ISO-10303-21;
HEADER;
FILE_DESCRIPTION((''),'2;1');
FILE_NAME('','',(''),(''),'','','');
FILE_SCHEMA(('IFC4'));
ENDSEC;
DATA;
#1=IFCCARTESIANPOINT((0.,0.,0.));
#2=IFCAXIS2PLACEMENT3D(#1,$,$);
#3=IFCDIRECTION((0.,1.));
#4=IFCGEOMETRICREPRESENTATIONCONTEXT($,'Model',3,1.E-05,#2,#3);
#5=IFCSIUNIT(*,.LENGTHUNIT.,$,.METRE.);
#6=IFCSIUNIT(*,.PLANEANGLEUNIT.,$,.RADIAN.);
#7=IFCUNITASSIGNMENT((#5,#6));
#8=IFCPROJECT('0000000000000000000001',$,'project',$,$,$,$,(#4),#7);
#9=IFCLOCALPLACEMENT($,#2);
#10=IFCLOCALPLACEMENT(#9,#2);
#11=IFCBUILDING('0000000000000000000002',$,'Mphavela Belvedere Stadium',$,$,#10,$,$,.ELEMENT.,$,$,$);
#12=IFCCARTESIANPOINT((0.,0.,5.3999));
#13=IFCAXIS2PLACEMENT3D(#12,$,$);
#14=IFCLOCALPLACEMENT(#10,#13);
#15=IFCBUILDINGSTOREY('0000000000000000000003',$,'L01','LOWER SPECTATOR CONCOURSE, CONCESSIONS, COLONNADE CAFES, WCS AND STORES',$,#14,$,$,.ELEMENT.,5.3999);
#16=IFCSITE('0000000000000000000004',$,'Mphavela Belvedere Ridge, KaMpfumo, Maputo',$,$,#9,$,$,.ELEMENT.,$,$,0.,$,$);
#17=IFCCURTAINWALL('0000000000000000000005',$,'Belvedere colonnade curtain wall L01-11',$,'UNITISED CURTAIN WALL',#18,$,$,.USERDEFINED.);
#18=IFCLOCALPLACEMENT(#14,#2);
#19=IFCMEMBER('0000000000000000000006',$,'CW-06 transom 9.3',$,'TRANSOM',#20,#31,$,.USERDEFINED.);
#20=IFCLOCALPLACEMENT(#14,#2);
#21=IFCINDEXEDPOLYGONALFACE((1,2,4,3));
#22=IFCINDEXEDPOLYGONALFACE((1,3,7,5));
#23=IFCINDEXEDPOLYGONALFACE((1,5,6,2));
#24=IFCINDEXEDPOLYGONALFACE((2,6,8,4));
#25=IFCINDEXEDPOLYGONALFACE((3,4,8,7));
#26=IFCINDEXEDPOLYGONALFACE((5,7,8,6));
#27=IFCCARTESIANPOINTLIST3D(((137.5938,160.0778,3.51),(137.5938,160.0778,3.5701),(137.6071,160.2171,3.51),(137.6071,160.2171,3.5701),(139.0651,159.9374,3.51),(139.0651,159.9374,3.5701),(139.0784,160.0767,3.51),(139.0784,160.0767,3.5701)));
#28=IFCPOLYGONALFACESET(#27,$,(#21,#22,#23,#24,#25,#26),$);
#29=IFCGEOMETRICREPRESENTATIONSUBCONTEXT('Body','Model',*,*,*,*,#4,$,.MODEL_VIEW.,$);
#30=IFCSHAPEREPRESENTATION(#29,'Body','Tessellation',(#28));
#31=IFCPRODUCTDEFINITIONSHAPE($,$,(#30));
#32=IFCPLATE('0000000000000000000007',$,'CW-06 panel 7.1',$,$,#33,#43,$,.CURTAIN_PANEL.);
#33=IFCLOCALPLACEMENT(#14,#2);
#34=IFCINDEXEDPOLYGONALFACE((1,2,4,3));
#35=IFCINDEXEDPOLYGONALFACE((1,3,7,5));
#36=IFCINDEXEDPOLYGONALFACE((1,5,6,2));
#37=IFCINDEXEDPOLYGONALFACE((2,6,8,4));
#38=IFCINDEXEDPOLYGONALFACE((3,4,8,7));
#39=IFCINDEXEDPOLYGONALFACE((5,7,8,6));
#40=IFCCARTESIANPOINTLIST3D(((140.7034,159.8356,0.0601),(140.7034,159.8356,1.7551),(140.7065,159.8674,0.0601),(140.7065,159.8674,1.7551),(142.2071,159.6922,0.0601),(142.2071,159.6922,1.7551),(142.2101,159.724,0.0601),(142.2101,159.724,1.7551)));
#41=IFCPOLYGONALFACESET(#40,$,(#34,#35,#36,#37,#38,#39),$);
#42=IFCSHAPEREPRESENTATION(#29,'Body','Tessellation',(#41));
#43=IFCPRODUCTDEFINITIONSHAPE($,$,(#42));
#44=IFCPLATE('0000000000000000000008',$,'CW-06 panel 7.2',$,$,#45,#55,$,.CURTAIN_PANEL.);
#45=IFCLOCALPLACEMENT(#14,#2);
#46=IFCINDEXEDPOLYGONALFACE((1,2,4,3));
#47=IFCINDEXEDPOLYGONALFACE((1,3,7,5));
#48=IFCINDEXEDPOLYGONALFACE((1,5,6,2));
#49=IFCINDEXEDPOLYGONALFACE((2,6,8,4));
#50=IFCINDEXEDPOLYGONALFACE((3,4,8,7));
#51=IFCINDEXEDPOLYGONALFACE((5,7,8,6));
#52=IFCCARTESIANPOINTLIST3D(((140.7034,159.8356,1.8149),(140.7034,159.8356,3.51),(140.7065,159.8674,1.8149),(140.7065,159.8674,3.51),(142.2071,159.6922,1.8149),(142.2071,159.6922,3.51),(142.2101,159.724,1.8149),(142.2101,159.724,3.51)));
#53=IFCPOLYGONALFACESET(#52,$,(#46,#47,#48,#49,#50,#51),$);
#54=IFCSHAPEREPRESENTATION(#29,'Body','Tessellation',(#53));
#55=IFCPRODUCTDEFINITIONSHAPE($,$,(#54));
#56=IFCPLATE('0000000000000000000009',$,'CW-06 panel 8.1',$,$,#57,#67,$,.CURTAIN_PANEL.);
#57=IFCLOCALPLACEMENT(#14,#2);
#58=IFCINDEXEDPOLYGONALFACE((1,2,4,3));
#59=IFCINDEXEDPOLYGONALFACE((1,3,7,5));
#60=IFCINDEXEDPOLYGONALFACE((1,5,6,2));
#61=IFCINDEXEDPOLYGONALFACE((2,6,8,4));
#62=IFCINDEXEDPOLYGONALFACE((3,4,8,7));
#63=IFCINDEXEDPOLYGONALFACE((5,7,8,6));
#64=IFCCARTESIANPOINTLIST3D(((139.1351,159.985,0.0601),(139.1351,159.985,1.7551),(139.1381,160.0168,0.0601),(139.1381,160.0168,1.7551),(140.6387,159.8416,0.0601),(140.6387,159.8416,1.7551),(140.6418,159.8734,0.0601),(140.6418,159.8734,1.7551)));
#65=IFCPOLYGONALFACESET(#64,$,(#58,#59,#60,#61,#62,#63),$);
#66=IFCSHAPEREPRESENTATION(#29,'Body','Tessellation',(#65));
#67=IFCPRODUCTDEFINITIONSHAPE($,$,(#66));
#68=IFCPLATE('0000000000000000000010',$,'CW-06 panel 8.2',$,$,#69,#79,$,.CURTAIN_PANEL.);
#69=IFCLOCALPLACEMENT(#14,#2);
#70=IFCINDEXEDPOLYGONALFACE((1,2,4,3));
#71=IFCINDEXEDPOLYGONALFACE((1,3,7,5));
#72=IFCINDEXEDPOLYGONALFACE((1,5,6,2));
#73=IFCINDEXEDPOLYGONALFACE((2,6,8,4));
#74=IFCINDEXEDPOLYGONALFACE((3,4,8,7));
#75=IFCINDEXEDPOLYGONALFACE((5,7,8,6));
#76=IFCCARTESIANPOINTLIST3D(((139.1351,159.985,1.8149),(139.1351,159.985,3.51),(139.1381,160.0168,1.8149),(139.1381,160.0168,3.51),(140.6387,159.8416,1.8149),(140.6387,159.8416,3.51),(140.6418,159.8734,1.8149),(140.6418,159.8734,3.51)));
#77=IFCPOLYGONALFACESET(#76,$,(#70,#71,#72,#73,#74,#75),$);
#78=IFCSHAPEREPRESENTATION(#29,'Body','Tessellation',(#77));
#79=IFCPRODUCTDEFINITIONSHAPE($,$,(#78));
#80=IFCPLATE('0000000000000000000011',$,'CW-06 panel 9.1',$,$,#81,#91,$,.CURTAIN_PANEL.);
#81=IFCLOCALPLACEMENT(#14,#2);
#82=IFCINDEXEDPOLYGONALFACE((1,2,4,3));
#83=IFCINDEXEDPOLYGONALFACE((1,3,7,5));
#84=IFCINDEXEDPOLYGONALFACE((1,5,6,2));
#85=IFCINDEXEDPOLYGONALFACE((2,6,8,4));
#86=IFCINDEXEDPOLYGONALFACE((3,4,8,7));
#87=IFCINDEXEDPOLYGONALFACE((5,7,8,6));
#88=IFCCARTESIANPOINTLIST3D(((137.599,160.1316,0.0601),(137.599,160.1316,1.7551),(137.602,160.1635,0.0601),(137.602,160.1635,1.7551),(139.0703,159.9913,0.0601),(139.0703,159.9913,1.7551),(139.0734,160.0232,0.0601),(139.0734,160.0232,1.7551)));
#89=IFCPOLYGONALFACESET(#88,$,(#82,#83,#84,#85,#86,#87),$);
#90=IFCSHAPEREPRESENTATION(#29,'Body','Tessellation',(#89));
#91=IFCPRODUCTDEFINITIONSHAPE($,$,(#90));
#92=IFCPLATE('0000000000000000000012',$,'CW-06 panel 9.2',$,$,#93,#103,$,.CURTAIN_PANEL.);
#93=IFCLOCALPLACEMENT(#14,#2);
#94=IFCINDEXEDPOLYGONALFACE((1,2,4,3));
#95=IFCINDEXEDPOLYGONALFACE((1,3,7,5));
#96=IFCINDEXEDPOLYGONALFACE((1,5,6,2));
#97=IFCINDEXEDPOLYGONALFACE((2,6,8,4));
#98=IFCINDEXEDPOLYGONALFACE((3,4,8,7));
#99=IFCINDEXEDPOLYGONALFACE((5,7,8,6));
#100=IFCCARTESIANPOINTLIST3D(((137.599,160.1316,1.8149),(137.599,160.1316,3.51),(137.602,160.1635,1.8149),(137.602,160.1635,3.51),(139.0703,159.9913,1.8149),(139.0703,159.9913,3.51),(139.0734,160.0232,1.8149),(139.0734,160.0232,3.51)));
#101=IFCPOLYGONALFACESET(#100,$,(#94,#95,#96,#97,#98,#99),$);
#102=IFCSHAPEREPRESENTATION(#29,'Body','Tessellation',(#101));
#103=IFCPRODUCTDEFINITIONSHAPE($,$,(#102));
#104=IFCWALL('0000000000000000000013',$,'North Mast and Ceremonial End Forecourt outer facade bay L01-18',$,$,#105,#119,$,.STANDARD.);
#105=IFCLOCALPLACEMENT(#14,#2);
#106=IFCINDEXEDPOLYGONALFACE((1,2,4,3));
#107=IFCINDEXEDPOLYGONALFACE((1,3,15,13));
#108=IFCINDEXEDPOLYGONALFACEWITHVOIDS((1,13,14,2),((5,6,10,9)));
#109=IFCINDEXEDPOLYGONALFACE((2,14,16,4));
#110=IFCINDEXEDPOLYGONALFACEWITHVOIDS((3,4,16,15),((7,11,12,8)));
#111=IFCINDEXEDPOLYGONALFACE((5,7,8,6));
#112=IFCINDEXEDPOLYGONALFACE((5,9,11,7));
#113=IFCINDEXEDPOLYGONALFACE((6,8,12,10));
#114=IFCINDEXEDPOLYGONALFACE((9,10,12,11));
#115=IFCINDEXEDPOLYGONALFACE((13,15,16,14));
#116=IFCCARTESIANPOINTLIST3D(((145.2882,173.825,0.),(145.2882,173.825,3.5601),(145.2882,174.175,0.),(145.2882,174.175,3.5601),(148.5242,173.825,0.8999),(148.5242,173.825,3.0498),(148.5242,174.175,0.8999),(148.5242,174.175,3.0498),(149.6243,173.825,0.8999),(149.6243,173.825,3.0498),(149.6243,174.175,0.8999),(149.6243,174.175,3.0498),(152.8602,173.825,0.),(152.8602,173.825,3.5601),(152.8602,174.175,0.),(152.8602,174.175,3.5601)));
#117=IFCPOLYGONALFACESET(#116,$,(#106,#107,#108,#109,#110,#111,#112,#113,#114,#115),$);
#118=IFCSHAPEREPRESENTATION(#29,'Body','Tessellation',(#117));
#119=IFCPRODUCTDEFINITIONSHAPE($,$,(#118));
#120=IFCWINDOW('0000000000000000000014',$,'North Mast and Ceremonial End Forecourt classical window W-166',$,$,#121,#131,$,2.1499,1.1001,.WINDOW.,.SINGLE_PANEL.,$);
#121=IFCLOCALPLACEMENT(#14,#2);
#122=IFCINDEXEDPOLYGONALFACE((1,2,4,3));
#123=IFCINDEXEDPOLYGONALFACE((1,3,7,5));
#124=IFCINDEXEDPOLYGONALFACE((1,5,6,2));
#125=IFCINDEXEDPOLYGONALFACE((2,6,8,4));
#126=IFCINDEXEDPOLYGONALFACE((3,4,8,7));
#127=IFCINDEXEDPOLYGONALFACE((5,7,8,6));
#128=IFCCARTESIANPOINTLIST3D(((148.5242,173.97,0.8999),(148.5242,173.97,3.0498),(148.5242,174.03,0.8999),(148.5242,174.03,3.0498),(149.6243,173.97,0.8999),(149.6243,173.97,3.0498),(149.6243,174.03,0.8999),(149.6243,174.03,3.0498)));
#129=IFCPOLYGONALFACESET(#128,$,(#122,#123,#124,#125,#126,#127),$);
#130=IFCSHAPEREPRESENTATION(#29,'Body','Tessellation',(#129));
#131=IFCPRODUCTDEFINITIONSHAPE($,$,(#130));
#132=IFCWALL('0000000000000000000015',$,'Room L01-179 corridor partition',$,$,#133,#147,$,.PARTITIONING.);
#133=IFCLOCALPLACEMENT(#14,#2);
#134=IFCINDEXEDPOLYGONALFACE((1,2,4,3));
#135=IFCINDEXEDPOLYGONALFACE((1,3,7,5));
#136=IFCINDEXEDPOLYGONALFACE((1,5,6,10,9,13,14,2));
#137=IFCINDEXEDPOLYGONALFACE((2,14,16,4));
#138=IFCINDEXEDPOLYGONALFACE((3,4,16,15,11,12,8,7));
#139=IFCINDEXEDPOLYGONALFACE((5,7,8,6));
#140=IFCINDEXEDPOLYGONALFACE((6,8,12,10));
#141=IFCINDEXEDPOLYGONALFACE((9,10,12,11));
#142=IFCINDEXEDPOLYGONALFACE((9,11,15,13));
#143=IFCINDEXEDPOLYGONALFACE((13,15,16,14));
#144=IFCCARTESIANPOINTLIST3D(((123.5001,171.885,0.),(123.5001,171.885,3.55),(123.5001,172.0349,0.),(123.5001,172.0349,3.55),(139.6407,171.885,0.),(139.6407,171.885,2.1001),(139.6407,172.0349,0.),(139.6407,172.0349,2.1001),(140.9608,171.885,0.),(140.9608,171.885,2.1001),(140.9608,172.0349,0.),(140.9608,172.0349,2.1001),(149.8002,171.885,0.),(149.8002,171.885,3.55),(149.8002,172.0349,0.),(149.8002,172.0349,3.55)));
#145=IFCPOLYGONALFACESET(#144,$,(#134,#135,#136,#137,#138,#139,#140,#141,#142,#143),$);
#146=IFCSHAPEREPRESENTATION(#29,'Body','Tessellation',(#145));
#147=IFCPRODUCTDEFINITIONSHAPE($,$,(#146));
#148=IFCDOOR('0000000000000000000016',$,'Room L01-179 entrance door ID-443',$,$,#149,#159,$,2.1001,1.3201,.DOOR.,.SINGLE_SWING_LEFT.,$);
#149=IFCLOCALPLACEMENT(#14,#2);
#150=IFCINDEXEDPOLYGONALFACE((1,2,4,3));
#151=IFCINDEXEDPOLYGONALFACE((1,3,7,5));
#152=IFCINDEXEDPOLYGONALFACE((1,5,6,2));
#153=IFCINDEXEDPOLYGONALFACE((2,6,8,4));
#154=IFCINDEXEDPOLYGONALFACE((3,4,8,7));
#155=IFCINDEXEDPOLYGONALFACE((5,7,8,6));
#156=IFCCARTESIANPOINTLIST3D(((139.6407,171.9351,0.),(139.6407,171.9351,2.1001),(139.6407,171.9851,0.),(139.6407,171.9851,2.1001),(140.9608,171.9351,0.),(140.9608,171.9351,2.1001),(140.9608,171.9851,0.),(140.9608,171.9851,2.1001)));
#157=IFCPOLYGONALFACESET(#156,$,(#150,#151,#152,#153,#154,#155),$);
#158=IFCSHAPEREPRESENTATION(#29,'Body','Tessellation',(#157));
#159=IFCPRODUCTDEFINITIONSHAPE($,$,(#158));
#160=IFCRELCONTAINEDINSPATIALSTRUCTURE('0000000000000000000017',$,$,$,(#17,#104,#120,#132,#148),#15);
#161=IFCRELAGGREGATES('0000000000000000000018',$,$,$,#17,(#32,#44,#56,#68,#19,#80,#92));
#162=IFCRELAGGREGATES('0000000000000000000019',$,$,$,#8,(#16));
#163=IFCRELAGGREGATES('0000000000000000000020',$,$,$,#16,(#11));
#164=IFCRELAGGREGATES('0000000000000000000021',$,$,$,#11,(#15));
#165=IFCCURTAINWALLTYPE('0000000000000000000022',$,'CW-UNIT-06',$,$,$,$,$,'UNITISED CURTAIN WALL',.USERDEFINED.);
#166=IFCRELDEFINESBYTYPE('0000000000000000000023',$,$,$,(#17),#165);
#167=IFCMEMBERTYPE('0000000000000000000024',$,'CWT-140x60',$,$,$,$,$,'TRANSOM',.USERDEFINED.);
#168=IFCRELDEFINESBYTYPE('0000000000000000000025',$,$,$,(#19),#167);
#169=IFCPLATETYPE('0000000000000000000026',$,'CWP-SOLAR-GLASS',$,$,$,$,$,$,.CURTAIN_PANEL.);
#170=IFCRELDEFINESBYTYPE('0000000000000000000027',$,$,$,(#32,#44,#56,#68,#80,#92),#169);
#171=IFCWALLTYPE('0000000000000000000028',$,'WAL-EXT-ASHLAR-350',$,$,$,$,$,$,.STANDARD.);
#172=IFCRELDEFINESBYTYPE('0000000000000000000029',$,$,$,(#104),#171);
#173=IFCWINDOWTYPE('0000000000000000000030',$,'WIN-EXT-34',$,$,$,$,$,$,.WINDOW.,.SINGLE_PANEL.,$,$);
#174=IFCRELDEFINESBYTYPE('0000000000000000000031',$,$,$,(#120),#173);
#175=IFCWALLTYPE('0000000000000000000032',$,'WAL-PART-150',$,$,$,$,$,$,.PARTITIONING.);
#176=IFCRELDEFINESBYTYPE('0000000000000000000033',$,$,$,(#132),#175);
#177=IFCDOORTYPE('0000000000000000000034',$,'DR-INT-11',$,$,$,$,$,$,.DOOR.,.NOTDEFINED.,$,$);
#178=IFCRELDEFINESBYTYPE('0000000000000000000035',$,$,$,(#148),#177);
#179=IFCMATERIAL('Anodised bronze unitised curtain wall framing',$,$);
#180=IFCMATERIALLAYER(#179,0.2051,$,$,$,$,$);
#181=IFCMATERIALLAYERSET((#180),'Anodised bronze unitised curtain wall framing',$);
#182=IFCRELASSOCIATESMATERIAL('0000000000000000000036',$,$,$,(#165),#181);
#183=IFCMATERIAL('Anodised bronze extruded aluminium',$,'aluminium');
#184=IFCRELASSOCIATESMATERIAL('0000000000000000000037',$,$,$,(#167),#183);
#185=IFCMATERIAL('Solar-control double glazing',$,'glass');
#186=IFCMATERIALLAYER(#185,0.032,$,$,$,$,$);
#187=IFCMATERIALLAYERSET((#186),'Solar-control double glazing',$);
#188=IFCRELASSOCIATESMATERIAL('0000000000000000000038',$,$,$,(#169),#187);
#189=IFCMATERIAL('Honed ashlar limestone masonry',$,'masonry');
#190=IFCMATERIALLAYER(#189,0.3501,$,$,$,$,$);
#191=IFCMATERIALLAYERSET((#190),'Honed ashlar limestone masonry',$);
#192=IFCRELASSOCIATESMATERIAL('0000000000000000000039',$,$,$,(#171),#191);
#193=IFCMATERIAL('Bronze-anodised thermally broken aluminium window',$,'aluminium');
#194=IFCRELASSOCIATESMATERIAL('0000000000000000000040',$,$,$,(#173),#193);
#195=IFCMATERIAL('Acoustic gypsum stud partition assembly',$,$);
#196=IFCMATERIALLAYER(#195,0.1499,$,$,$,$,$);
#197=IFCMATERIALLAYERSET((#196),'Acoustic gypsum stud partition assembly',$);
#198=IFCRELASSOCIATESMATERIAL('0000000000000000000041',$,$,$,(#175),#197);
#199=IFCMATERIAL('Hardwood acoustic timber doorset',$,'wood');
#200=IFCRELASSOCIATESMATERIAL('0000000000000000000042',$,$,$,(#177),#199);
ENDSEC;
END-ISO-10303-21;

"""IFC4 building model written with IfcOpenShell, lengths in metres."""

from ifc_helpers import new_model, si_unit, direction, frame, frame_2d, origin, origin_2d, place, context, subcontext, project, spatial, rectangle, extrude, material, layer, layer_set, material_profile, profile_set, type_object, element, fill, aggregate, save


model = new_model("IFC4")

# Units and contexts
model_context = context("Model", 3, precision=1e-05, world=origin(), true_north=direction((0.0, 1.0)))
body_context = subcontext(model_context, "Body", "Model", "MODEL_VIEW")
ifc_project = project(units=[si_unit("LENGTHUNIT", "METRE"), si_unit("PLANEANGLEUNIT", "RADIAN")], contexts=[model_context])

# Site, building, storey
site_placement = place(None, origin())
site = spatial("IfcSite", under=ifc_project, at=site_placement, Name="Mphavela Belvedere Ridge, KaMpfumo, Maputo", CompositionType="ELEMENT", RefElevation=0.0)
building_placement = place(site_placement, origin())
building = spatial("IfcBuilding", under=site, at=building_placement, Name="Mphavela Belvedere Stadium", CompositionType="ELEMENT")
storey_placement = place(building_placement, frame((0.0, 0.0, 5.3999)))
storey = spatial("IfcBuildingStorey", under=building, at=storey_placement, Name="L01", Description="LOWER SPECTATOR CONCOURSE, CONCESSIONS, COLONNADE CAFES, WCS AND STORES", CompositionType="ELEMENT", Elevation=5.3999)

# Curtain wall, member, plates
ifc_material_1 = material(Name="Anodised bronze unitised curtain wall framing")
ifc_layer_1 = layer(ifc_material_1, 0.2051)
ifc_layer_set_1 = layer_set([ifc_layer_1], Name="Anodised bronze unitised curtain wall framing")
curtain_wall_type = type_object("IfcCurtainWallType", Name="CW-UNIT-06", ElementType="UNITISED CURTAIN WALL", PredefinedType="USERDEFINED", material=ifc_layer_set_1)
curtain_wall_placement = place(storey_placement, origin())
curtain_wall = element("IfcCurtainWall", 1, at=curtain_wall_placement, inside=storey, type_object=curtain_wall_type, Name="Belvedere colonnade curtain wall L01-11", ObjectType="UNITISED CURTAIN WALL", PredefinedType="USERDEFINED")
ifc_material_2 = material(Name="Anodised bronze extruded aluminium", Category="aluminium")
ifc_material_profile_1 = material_profile(ifc_material_2, rectangle(XDim=0.1399, YDim=0.0601, at=origin_2d()), Name="CW-TRN 140x60")
ifc_profile_set_1 = profile_set([ifc_material_profile_1], Name="Anodised bronze extruded aluminium")
member_type_1 = type_object("IfcMemberType", Name="CWT-140x60", ElementType="TRANSOM", PredefinedType="USERDEFINED", material=ifc_profile_set_1)
member_1_placement = place(storey_placement, frame((139.0718, 160.0071, 3.54), z_axis=(-0.99548, 0.094973, 0.0), x_axis=(-0.094973, -0.99548, 0.0)))
member_1 = element("IfcMember", 2, at=member_1_placement, type_object=member_type_1, Name="CW-06 transom 9.3", ObjectType="TRANSOM", PredefinedType="USERDEFINED", context=body_context, shape_type="SweptSolid", body=[
    extrude(rectangle(XDim=0.1399, YDim=0.0601, at=origin_2d()), origin(), (0.0, 0.0, 1.0), 1.478),
])
ifc_material_3 = material(Name="Solar-control double glazing", Category="glass")
ifc_layer_2 = layer(ifc_material_3, 0.032)
ifc_layer_set_2 = layer_set([ifc_layer_2], Name="Solar-control double glazing")
plate_type = type_object("IfcPlateType", Name="CWP-SOLAR-GLASS", PredefinedType="CURTAIN_PANEL", material=ifc_layer_set_2)
plate_1_placement = place(storey_placement, frame((141.4568, 159.7798, 0.0601), z_axis=(0.0, 0.0, 1.0), x_axis=(-0.995485, 0.094922, 0.0)))
plate_1 = element("IfcPlate", 3, at=plate_1_placement, type_object=plate_type, Name="CW-06 panel 7.1", PredefinedType="CURTAIN_PANEL", context=body_context, shape_type="SweptSolid", body=[
    extrude(rectangle(XDim=1.5105, YDim=0.032, at=origin_2d()), origin(), (0.0, 0.0, 1.0), 1.6951),
])
plate_2_placement = place(storey_placement, frame((141.4568, 159.7798, 1.8149), z_axis=(0.0, 0.0, 1.0), x_axis=(-0.995485, 0.094922, 0.0)))
plate_2 = element("IfcPlate", 4, at=plate_2_placement, type_object=plate_type, Name="CW-06 panel 7.2", PredefinedType="CURTAIN_PANEL", context=body_context, shape_type="SweptSolid", body=[
    extrude(rectangle(XDim=1.5105, YDim=0.032, at=origin_2d()), origin(), (0.0, 0.0, 1.0), 1.6951),
])
plate_3_placement = place(storey_placement, frame((139.8884, 159.9292, 0.0601), z_axis=(0.0, 0.0, 1.0), x_axis=(-0.995485, 0.094922, 0.0)))
plate_3 = element("IfcPlate", 5, at=plate_3_placement, type_object=plate_type, Name="CW-06 panel 8.1", PredefinedType="CURTAIN_PANEL", context=body_context, shape_type="SweptSolid", body=[
    extrude(rectangle(XDim=1.5105, YDim=0.032, at=origin_2d()), origin(), (0.0, 0.0, 1.0), 1.6951),
])
plate_4_placement = place(storey_placement, frame((139.8884, 159.9292, 1.8149), z_axis=(0.0, 0.0, 1.0), x_axis=(-0.995485, 0.094922, 0.0)))
plate_4 = element("IfcPlate", 6, at=plate_4_placement, type_object=plate_type, Name="CW-06 panel 8.2", PredefinedType="CURTAIN_PANEL", context=body_context, shape_type="SweptSolid", body=[
    extrude(rectangle(XDim=1.5105, YDim=0.032, at=origin_2d()), origin(), (0.0, 0.0, 1.0), 1.6951),
])
plate_5_placement = place(storey_placement, frame((138.3362, 160.0774, 0.0601), z_axis=(0.0, 0.0, 1.0), x_axis=(-0.995485, 0.094922, 0.0)))
plate_5 = element("IfcPlate", 7, at=plate_5_placement, type_object=plate_type, Name="CW-06 panel 9.1", PredefinedType="CURTAIN_PANEL", context=body_context, shape_type="SweptSolid", body=[
    extrude(rectangle(XDim=1.478, YDim=0.032, at=origin_2d()), origin(), (0.0, 0.0, 1.0), 1.6951),
])
plate_6_placement = place(storey_placement, frame((138.3362, 160.0774, 1.8149), z_axis=(0.0, 0.0, 1.0), x_axis=(-0.995485, 0.094922, 0.0)))
plate_6 = element("IfcPlate", 8, at=plate_6_placement, type_object=plate_type, Name="CW-06 panel 9.2", PredefinedType="CURTAIN_PANEL", context=body_context, shape_type="SweptSolid", body=[
    extrude(rectangle(XDim=1.478, YDim=0.032, at=origin_2d()), origin(), (0.0, 0.0, 1.0), 1.6951),
])
aggregate(curtain_wall, [plate_1, plate_2, plate_3, plate_4, member_1, plate_5, plate_6])

# Wall, opening, window
ifc_material_4 = material(Name="Honed ashlar limestone masonry", Category="masonry")
ifc_layer_3 = layer(ifc_material_4, 0.3501)
ifc_layer_set_3 = layer_set([ifc_layer_3], Name="Honed ashlar limestone masonry")
wall_type_1 = type_object("IfcWallType", Name="WAL-EXT-ASHLAR-350", PredefinedType="STANDARD", material=ifc_layer_set_3)
wall_1_placement = place(storey_placement, frame((145.2881, 174.0, 0.0), z_axis=(0.0, 0.0, 1.0), x_axis=(1.0, 0.0, 0.0)))
wall_1 = element("IfcWall", 9, at=wall_1_placement, inside=storey, type_object=wall_type_1, Name="North Mast and Ceremonial End Forecourt outer facade bay L01-18", PredefinedType="STANDARD", context=body_context, shape_type="SweptSolid", body=[
    extrude(rectangle(XDim=7.572, YDim=0.3501, at=frame_2d((3.7861, 0.0))), origin(), (0.0, 0.0, 1.0), 3.5601),
])
opening_1_placement = place(wall_1_placement, frame((3.2361, 0.0, 0.8999)))
opening_1 = element("IfcOpeningElement", 10, at=opening_1_placement, cuts=wall_1, PredefinedType="OPENING", context=body_context, shape_type="SweptSolid", body=[
    extrude(rectangle(XDim=1.1001, YDim=2.1499, at=frame_2d((0.55, 1.075))), frame((0.0, 0.1851, 0.0), z_axis=(0.0, -1.0, 0.0), x_axis=(1.0, 0.0, 0.0)), (0.0, 0.0, 1.0), 0.3701),
])
ifc_material_5 = material(Name="Bronze-anodised thermally broken aluminium window", Category="aluminium")
window_type = type_object("IfcWindowType", Name="WIN-EXT-34", PartitioningType="SINGLE_PANEL", PredefinedType="WINDOW", material=ifc_material_5)
window_placement = place(opening_1_placement, origin())
window = element("IfcWindow", 11, at=window_placement, inside=storey, type_object=window_type, Name="North Mast and Ceremonial End Forecourt classical window W-166", OverallHeight=2.1499, OverallWidth=1.1001, PartitioningType="SINGLE_PANEL", PredefinedType="WINDOW", context=body_context, shape_type="SweptSolid", body=[
    extrude(rectangle(XDim=1.1001, YDim=2.1499, at=frame_2d((0.55, 1.075))), frame((0.0, 0.03, 0.0), z_axis=(0.0, -1.0, 0.0), x_axis=(1.0, 0.0, 0.0)), (0.0, 0.0, 1.0), 0.0601),
])
fill(opening_1, window)

# Wall, opening, door
ifc_material_6 = material(Name="Acoustic gypsum stud partition assembly")
ifc_layer_4 = layer(ifc_material_6, 0.1499)
ifc_layer_set_4 = layer_set([ifc_layer_4], Name="Acoustic gypsum stud partition assembly")
wall_type_2 = type_object("IfcWallType", Name="WAL-PART-150", PredefinedType="PARTITIONING", material=ifc_layer_set_4)
wall_2_placement = place(storey_placement, frame((149.8, 171.96, 0.0), z_axis=(0.0, 0.0, 1.0), x_axis=(-1.0, 0.0, 0.0)))
wall_2 = element("IfcWall", 12, at=wall_2_placement, inside=storey, type_object=wall_type_2, Name="Room L01-179 corridor partition", PredefinedType="PARTITIONING", context=body_context, shape_type="SweptSolid", body=[
    extrude(rectangle(XDim=26.3, YDim=0.1499, at=frame_2d((13.1499, 0.0))), origin(), (0.0, 0.0, 1.0), 3.55),
])
opening_2_placement = place(wall_2_placement, frame((8.8391, 0.0, 0.0)))
opening_2 = element("IfcOpeningElement", 13, at=opening_2_placement, cuts=wall_2, PredefinedType="OPENING", context=body_context, shape_type="SweptSolid", body=[
    extrude(rectangle(XDim=1.3201, YDim=2.1001, at=frame_2d((0.6602, 1.05))), frame((0.0, 0.085, 0.0), z_axis=(0.0, -1.0, 0.0), x_axis=(1.0, 0.0, 0.0)), (0.0, 0.0, 1.0), 0.1699),
])
ifc_material_7 = material(Name="Hardwood acoustic timber doorset", Category="wood")
door_type_1 = type_object("IfcDoorType", Name="DR-INT-11", OperationType="NOTDEFINED", PredefinedType="DOOR", material=ifc_material_7)
door_1_placement = place(opening_2_placement, origin())
door_1 = element("IfcDoor", 14, at=door_1_placement, inside=storey, type_object=door_type_1, Name="Room L01-179 entrance door ID-443", OperationType="SINGLE_SWING_LEFT", OverallHeight=2.1001, OverallWidth=1.3201, PredefinedType="DOOR", context=body_context, shape_type="SweptSolid", body=[
    extrude(rectangle(XDim=1.3201, YDim=2.1001, at=frame_2d((0.6602, 1.05))), frame((0.0, 0.0249, 0.0), z_axis=(0.0, -1.0, 0.0), x_axis=(1.0, 0.0, 0.0)), (0.0, 0.0, 1.0), 0.05),
])
fill(opening_2, door_1)

save(model, "model.ifc")
